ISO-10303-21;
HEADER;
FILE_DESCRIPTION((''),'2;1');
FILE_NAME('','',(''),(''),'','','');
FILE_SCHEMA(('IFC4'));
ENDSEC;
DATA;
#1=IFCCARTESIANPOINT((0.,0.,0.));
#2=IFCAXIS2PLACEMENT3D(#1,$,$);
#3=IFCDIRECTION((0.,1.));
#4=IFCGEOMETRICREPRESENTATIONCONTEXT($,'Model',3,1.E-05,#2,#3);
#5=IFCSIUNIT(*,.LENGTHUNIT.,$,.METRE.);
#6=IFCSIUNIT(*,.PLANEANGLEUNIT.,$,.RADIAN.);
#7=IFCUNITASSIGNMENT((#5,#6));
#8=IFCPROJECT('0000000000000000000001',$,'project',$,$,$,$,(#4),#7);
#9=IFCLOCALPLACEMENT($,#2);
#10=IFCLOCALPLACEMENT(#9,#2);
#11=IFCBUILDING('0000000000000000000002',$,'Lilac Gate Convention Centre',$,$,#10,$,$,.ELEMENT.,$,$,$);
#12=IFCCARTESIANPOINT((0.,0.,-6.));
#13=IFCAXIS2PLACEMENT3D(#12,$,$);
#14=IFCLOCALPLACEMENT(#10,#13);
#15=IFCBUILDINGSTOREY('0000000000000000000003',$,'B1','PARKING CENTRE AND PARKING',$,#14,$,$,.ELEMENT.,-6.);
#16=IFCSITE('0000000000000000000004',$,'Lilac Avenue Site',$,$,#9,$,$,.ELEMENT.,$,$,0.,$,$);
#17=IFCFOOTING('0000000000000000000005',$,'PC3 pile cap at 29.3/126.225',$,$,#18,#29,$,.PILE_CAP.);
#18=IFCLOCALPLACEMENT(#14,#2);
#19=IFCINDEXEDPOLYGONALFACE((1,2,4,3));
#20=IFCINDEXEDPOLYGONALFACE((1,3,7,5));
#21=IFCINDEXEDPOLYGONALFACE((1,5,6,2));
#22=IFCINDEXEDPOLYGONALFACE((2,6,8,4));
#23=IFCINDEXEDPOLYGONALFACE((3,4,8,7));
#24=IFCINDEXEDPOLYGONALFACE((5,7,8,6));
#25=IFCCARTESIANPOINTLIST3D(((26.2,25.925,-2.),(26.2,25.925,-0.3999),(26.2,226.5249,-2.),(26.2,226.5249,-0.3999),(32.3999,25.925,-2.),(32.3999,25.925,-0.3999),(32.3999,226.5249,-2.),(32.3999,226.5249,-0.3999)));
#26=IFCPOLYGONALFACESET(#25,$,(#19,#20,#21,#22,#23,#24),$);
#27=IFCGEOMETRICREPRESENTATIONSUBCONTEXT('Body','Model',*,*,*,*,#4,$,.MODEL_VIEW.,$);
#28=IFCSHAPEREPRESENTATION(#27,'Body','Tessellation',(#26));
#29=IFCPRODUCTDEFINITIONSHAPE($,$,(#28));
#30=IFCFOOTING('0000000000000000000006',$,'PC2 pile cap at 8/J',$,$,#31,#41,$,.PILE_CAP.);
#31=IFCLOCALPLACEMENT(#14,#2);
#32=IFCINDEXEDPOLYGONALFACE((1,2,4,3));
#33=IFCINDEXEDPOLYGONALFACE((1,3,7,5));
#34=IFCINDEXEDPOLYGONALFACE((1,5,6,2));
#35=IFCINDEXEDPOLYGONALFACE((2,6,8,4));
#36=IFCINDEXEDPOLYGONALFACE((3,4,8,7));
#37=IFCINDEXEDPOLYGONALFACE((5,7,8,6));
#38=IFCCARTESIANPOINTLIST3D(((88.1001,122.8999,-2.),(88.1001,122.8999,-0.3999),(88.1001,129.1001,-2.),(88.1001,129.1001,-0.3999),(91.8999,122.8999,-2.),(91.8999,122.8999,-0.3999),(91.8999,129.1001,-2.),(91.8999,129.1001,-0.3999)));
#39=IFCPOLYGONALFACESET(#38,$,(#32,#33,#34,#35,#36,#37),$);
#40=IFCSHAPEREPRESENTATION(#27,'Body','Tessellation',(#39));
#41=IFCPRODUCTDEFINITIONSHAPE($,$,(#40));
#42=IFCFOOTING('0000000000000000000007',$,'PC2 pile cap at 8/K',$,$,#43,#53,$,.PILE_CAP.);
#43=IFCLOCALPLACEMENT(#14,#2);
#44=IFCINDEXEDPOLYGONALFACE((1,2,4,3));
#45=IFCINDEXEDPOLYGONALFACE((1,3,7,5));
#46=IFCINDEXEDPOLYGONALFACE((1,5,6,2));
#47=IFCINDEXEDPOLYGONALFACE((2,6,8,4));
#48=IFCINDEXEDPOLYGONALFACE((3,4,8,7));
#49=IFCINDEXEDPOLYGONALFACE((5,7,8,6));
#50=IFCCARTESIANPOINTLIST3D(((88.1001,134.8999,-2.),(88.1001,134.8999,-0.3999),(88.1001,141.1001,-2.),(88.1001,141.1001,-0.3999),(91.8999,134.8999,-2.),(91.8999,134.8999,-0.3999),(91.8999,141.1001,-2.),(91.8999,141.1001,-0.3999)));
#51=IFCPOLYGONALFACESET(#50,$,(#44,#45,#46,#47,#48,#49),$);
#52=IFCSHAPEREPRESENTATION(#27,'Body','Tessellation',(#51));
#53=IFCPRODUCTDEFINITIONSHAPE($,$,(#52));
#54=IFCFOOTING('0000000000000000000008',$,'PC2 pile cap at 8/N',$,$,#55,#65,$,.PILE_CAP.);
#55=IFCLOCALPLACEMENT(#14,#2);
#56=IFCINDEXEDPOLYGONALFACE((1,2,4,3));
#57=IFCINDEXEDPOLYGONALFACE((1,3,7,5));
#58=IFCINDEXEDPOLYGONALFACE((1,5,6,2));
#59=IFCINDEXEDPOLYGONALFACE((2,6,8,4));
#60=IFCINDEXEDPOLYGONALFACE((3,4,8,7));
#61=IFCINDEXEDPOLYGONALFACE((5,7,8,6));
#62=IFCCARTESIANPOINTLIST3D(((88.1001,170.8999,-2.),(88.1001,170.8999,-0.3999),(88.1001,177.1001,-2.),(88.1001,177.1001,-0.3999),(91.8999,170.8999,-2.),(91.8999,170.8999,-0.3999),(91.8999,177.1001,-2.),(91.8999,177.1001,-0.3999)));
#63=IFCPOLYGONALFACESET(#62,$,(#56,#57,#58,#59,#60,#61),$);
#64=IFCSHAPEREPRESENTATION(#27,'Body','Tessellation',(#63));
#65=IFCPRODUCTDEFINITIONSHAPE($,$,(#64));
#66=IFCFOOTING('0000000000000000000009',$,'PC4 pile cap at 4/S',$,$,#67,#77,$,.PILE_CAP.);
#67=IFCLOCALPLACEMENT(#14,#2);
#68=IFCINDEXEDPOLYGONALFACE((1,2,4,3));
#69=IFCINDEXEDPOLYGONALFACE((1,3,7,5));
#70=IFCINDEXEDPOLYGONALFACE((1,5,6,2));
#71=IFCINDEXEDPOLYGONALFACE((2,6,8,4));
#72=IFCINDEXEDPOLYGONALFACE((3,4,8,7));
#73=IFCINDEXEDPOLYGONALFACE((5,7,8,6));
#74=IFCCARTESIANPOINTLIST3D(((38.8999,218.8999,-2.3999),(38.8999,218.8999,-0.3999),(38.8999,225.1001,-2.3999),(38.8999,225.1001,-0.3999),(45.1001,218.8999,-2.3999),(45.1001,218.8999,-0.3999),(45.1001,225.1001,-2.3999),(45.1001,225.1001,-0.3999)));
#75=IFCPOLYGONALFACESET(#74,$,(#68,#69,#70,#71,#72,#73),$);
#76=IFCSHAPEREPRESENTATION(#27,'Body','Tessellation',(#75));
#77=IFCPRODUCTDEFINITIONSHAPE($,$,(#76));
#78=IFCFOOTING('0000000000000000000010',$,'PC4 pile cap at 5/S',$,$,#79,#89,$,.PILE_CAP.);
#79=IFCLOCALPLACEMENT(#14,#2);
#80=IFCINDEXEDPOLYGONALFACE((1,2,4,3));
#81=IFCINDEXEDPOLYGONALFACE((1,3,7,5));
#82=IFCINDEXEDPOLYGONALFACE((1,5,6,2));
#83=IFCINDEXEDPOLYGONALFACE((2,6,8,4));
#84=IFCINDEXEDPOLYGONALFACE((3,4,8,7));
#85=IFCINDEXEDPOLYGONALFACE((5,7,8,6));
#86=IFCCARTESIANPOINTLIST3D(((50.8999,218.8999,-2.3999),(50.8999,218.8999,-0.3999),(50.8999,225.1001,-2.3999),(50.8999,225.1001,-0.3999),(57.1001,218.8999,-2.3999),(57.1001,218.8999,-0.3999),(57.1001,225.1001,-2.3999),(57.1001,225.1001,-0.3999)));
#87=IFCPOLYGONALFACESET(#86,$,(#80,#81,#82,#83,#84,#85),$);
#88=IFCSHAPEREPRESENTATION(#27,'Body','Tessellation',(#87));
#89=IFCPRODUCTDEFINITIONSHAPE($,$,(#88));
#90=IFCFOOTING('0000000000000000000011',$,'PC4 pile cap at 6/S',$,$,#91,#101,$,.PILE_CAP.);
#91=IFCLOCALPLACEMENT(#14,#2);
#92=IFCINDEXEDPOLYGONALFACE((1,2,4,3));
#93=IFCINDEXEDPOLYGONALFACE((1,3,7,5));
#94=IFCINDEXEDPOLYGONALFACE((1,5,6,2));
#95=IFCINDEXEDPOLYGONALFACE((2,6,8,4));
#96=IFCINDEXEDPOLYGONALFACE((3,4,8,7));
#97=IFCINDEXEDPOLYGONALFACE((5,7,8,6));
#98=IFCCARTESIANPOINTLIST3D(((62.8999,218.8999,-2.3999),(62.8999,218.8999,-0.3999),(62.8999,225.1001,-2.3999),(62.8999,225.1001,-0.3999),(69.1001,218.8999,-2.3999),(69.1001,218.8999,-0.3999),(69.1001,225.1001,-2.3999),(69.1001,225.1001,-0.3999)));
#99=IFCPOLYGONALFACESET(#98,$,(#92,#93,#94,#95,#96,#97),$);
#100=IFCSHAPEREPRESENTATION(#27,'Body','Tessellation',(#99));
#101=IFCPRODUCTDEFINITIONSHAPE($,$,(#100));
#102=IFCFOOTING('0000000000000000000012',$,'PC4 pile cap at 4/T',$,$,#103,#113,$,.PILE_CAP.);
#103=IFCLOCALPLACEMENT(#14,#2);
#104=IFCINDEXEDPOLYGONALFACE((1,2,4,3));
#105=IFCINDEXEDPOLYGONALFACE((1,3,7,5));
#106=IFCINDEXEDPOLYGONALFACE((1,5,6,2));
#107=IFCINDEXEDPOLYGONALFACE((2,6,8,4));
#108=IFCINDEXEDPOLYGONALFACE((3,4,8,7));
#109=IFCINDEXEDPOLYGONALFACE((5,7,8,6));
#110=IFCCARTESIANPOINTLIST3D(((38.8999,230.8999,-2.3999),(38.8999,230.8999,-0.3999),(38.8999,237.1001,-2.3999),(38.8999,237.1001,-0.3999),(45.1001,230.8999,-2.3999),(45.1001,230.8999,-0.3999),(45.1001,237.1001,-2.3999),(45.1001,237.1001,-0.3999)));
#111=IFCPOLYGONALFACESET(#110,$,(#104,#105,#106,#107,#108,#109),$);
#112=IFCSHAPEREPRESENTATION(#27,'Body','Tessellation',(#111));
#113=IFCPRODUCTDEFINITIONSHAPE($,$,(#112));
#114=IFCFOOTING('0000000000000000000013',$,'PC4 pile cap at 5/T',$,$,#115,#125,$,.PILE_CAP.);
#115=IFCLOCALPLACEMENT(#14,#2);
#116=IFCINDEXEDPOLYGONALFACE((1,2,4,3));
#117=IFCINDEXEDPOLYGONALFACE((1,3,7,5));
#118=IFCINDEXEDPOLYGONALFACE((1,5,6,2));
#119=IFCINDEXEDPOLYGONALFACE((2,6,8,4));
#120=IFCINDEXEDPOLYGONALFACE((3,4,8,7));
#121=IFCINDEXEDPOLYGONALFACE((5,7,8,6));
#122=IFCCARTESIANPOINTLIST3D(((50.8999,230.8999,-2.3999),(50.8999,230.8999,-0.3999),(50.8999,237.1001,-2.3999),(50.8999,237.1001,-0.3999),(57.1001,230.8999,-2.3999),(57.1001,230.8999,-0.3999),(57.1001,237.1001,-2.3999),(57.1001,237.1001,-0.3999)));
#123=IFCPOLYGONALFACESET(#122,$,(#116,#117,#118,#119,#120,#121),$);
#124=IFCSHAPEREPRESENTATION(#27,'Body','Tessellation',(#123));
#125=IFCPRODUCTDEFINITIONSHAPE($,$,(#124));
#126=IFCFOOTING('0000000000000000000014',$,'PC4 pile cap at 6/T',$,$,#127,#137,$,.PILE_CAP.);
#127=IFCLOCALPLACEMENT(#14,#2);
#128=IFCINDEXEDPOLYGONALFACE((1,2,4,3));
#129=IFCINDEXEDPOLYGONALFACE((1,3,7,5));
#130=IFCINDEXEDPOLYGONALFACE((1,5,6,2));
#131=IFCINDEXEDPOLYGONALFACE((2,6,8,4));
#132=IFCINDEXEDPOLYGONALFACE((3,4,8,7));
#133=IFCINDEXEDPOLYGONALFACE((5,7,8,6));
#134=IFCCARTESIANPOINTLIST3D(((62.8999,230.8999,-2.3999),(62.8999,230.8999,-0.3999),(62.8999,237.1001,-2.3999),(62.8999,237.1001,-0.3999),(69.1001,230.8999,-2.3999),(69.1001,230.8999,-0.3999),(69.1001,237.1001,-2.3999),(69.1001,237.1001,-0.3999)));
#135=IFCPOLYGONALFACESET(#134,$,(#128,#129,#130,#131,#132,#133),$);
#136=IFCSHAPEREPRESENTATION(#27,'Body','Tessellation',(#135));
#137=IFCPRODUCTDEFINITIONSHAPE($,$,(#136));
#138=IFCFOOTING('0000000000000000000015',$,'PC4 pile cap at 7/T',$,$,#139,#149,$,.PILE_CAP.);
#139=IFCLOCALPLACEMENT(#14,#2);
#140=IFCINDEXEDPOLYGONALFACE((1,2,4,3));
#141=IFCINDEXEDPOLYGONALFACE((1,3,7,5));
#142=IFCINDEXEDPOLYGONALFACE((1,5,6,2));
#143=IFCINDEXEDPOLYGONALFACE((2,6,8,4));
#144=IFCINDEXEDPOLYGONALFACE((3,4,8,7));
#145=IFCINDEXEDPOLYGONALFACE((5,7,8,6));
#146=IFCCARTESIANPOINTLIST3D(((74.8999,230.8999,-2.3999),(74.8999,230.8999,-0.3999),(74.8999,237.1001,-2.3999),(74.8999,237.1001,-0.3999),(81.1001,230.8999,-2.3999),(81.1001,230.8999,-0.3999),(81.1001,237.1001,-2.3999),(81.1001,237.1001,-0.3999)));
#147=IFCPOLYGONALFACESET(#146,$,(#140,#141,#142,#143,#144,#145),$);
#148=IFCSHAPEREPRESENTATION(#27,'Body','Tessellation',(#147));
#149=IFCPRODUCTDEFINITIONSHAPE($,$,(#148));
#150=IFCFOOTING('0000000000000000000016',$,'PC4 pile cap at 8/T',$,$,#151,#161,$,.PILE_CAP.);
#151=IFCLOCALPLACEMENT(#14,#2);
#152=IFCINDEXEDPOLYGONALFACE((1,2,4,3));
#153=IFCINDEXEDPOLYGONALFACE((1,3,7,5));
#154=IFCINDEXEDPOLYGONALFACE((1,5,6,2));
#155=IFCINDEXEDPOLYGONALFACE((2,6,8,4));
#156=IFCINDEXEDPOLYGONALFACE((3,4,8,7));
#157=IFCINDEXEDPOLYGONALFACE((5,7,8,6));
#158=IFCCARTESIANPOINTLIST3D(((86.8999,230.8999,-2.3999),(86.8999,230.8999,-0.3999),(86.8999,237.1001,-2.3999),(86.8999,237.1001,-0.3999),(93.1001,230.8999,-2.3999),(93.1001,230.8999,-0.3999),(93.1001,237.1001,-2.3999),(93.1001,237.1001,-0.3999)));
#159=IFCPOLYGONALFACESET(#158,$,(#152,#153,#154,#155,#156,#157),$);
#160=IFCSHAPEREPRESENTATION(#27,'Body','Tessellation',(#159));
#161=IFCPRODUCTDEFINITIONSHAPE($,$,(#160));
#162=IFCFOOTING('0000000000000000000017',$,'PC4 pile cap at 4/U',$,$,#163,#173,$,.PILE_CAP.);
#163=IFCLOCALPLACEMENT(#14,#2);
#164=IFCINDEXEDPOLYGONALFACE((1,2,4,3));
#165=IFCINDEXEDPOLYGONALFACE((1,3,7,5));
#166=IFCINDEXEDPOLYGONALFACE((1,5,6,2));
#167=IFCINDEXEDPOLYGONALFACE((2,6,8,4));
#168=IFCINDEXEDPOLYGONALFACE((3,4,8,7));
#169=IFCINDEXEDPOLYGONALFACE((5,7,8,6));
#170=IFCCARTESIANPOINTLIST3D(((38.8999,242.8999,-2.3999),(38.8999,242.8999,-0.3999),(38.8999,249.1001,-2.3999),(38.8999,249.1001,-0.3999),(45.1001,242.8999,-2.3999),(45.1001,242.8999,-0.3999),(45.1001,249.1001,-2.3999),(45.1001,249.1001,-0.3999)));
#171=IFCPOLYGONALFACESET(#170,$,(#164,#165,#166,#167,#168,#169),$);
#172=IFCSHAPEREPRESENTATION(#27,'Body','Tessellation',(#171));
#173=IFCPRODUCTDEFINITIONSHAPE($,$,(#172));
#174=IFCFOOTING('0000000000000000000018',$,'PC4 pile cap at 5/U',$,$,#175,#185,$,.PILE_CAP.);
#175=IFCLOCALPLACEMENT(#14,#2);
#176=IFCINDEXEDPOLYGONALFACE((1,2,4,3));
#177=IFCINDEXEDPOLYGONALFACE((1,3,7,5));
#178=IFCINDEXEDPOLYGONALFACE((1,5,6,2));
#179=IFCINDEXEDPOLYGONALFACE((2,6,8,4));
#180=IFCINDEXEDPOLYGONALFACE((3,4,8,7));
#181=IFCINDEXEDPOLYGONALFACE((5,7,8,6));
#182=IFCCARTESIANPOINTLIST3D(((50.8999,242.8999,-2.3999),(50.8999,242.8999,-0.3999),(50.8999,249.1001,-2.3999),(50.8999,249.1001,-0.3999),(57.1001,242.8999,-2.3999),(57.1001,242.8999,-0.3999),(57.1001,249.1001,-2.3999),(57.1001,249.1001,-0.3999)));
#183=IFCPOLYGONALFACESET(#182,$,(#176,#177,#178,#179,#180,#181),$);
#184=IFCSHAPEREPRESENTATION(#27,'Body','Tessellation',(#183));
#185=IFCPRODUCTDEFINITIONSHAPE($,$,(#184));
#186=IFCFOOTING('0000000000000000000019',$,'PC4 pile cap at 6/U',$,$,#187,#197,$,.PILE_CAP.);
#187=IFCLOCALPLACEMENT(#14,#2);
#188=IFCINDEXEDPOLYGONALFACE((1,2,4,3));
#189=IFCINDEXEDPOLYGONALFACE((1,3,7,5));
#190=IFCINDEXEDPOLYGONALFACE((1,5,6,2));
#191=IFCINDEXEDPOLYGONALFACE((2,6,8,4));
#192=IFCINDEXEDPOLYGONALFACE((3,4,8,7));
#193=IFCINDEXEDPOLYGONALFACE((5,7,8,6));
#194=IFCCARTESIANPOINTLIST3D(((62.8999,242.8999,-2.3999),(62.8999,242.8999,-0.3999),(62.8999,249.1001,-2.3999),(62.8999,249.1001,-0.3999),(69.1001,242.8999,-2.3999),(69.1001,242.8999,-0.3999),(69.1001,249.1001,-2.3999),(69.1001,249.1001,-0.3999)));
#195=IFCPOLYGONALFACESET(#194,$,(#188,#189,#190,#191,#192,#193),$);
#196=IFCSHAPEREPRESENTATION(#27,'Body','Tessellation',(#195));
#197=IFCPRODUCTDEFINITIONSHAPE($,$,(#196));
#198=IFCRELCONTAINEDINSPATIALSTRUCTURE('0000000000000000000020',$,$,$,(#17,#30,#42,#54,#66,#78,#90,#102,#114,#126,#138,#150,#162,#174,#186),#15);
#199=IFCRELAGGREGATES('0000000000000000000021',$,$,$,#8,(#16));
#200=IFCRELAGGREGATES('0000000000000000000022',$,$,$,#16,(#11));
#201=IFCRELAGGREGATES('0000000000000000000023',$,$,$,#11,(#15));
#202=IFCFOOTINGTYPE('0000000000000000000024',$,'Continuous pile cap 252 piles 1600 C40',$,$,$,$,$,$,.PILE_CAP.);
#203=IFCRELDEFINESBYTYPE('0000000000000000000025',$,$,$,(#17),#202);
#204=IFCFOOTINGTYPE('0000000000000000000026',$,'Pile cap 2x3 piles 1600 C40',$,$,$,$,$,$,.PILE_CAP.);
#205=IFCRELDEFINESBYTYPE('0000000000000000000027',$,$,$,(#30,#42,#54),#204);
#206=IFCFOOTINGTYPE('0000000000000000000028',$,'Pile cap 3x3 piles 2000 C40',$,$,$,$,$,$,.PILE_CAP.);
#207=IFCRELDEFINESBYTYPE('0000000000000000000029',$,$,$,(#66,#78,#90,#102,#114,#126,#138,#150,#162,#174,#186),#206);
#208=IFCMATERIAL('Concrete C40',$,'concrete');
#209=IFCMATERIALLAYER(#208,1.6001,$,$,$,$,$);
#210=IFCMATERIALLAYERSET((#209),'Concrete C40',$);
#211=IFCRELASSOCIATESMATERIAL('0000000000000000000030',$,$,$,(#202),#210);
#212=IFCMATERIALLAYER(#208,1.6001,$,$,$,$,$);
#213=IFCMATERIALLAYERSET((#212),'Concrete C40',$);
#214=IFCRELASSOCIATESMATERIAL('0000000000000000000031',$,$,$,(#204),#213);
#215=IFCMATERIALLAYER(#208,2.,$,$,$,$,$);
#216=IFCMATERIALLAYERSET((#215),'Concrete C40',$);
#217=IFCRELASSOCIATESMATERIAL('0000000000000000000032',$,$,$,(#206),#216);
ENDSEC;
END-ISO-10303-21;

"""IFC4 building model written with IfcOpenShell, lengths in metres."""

from ifc_helpers import new_model, si_unit, direction, frame, origin, place, context, subcontext, project, spatial, polyline, outline, extrude, material, layer, layer_set, type_object, element, save


model = new_model("IFC4")

# Units and contexts
model_context = context("Model", 3, precision=1e-05, world=origin(), true_north=direction((0.0, 1.0)))
body_context = subcontext(model_context, "Body", "Model", "MODEL_VIEW")
ifc_project = project(units=[si_unit("LENGTHUNIT", "METRE"), si_unit("PLANEANGLEUNIT", "RADIAN")], contexts=[model_context])

# Site, building, storey
site_placement = place(None, origin())
site = spatial("IfcSite", under=ifc_project, at=site_placement, Name="Lilac Avenue Site", CompositionType="ELEMENT", RefElevation=0.0)
building_placement = place(site_placement, origin())
building = spatial("IfcBuilding", under=site, at=building_placement, Name="Lilac Gate Convention Centre", CompositionType="ELEMENT")
storey_placement = place(building_placement, frame((0.0, 0.0, -6.0)))
storey = spatial("IfcBuildingStorey", under=building, at=storey_placement, Name="B1", Description="PARKING CENTRE AND PARKING", CompositionType="ELEMENT", Elevation=-6.0)

# Footings
ifc_material = material(Name="Concrete C40", Category="concrete")
ifc_layer_1 = layer(ifc_material, 1.6001)
ifc_layer_set_1 = layer_set([ifc_layer_1], Name="Concrete C40")
footing_type_1 = type_object("IfcFootingType", Name="Continuous pile cap 252 piles 1600 C40", PredefinedType="PILE_CAP", material=ifc_layer_set_1)
footing_1_placement = place(storey_placement, frame((0.0, 0.0, -2.0)))
element("IfcFooting", 1, at=footing_1_placement, inside=storey, type_object=footing_type_1, Name="PC3 pile cap at 29.3/126.225", PredefinedType="PILE_CAP", context=body_context, shape_type="SweptSolid", body=[
    extrude(outline(polyline([(26.2, 25.925), (32.3999, 25.925), (32.3999, 226.5249), (26.2, 226.5249), (26.2, 25.925)])), origin(), (0.0, 0.0, 1.0), 1.6001),
])
ifc_layer_2 = layer(ifc_material, 1.6001)
ifc_layer_set_2 = layer_set([ifc_layer_2], Name="Concrete C40")
footing_type_2 = type_object("IfcFootingType", Name="Pile cap 2x3 piles 1600 C40", PredefinedType="PILE_CAP", material=ifc_layer_set_2)
footing_2_placement = place(storey_placement, frame((0.0, 0.0, -2.0)))
element("IfcFooting", 2, at=footing_2_placement, inside=storey, type_object=footing_type_2, Name="PC2 pile cap at 8/J", PredefinedType="PILE_CAP", context=body_context, shape_type="SweptSolid", body=[
    extrude(outline(polyline([(88.1001, 122.8999), (91.8999, 122.8999), (91.8999, 129.1001), (88.1001, 129.1001), (88.1001, 122.8999)])), origin(), (0.0, 0.0, 1.0), 1.6001),
])
footing_3_placement = place(storey_placement, frame((0.0, 0.0, -2.0)))
element("IfcFooting", 3, at=footing_3_placement, inside=storey, type_object=footing_type_2, Name="PC2 pile cap at 8/K", PredefinedType="PILE_CAP", context=body_context, shape_type="SweptSolid", body=[
    extrude(outline(polyline([(88.1001, 134.8999), (91.8999, 134.8999), (91.8999, 141.1001), (88.1001, 141.1001), (88.1001, 134.8999)])), origin(), (0.0, 0.0, 1.0), 1.6001),
])
footing_4_placement = place(storey_placement, frame((0.0, 0.0, -2.0)))
element("IfcFooting", 4, at=footing_4_placement, inside=storey, type_object=footing_type_2, Name="PC2 pile cap at 8/N", PredefinedType="PILE_CAP", context=body_context, shape_type="SweptSolid", body=[
    extrude(outline(polyline([(88.1001, 170.8999), (91.8999, 170.8999), (91.8999, 177.1001), (88.1001, 177.1001), (88.1001, 170.8999)])), origin(), (0.0, 0.0, 1.0), 1.6001),
])
ifc_layer_3 = layer(ifc_material, 2.0)
ifc_layer_set_3 = layer_set([ifc_layer_3], Name="Concrete C40")
footing_type_3 = type_object("IfcFootingType", Name="Pile cap 3x3 piles 2000 C40", PredefinedType="PILE_CAP", material=ifc_layer_set_3)
footing_5_placement = place(storey_placement, frame((0.0, 0.0, -2.3999)))
element("IfcFooting", 5, at=footing_5_placement, inside=storey, type_object=footing_type_3, Name="PC4 pile cap at 4/S", PredefinedType="PILE_CAP", context=body_context, shape_type="SweptSolid", body=[
    extrude(outline(polyline([(38.8999, 218.8999), (45.1001, 218.8999), (45.1001, 225.1001), (38.8999, 225.1001), (38.8999, 218.8999)])), origin(), (0.0, 0.0, 1.0), 2.0),
])
footing_6_placement = place(storey_placement, frame((0.0, 0.0, -2.3999)))
element("IfcFooting", 6, at=footing_6_placement, inside=storey, type_object=footing_type_3, Name="PC4 pile cap at 5/S", PredefinedType="PILE_CAP", context=body_context, shape_type="SweptSolid", body=[
    extrude(outline(polyline([(50.8999, 218.8999), (57.1001, 218.8999), (57.1001, 225.1001), (50.8999, 225.1001), (50.8999, 218.8999)])), origin(), (0.0, 0.0, 1.0), 2.0),
])
footing_7_placement = place(storey_placement, frame((0.0, 0.0, -2.3999)))
element("IfcFooting", 7, at=footing_7_placement, inside=storey, type_object=footing_type_3, Name="PC4 pile cap at 6/S", PredefinedType="PILE_CAP", context=body_context, shape_type="SweptSolid", body=[
    extrude(outline(polyline([(62.8999, 218.8999), (69.1001, 218.8999), (69.1001, 225.1001), (62.8999, 225.1001), (62.8999, 218.8999)])), origin(), (0.0, 0.0, 1.0), 2.0),
])
footing_8_placement = place(storey_placement, frame((0.0, 0.0, -2.3999)))
element("IfcFooting", 8, at=footing_8_placement, inside=storey, type_object=footing_type_3, Name="PC4 pile cap at 4/T", PredefinedType="PILE_CAP", context=body_context, shape_type="SweptSolid", body=[
    extrude(outline(polyline([(38.8999, 230.8999), (45.1001, 230.8999), (45.1001, 237.1001), (38.8999, 237.1001), (38.8999, 230.8999)])), origin(), (0.0, 0.0, 1.0), 2.0),
])
footing_9_placement = place(storey_placement, frame((0.0, 0.0, -2.3999)))
element("IfcFooting", 9, at=footing_9_placement, inside=storey, type_object=footing_type_3, Name="PC4 pile cap at 5/T", PredefinedType="PILE_CAP", context=body_context, shape_type="SweptSolid", body=[
    extrude(outline(polyline([(50.8999, 230.8999), (57.1001, 230.8999), (57.1001, 237.1001), (50.8999, 237.1001), (50.8999, 230.8999)])), origin(), (0.0, 0.0, 1.0), 2.0),
])
footing_10_placement = place(storey_placement, frame((0.0, 0.0, -2.3999)))
element("IfcFooting", 10, at=footing_10_placement, inside=storey, type_object=footing_type_3, Name="PC4 pile cap at 6/T", PredefinedType="PILE_CAP", context=body_context, shape_type="SweptSolid", body=[
    extrude(outline(polyline([(62.8999, 230.8999), (69.1001, 230.8999), (69.1001, 237.1001), (62.8999, 237.1001), (62.8999, 230.8999)])), origin(), (0.0, 0.0, 1.0), 2.0),
])
footing_11_placement = place(storey_placement, frame((0.0, 0.0, -2.3999)))
element("IfcFooting", 11, at=footing_11_placement, inside=storey, type_object=footing_type_3, Name="PC4 pile cap at 7/T", PredefinedType="PILE_CAP", context=body_context, shape_type="SweptSolid", body=[
    extrude(outline(polyline([(74.8999, 230.8999), (81.1001, 230.8999), (81.1001, 237.1001), (74.8999, 237.1001), (74.8999, 230.8999)])), origin(), (0.0, 0.0, 1.0), 2.0),
])
footing_12_placement = place(storey_placement, frame((0.0, 0.0, -2.3999)))
element("IfcFooting", 12, at=footing_12_placement, inside=storey, type_object=footing_type_3, Name="PC4 pile cap at 8/T", PredefinedType="PILE_CAP", context=body_context, shape_type="SweptSolid", body=[
    extrude(outline(polyline([(86.8999, 230.8999), (93.1001, 230.8999), (93.1001, 237.1001), (86.8999, 237.1001), (86.8999, 230.8999)])), origin(), (0.0, 0.0, 1.0), 2.0),
])
footing_13_placement = place(storey_placement, frame((0.0, 0.0, -2.3999)))
element("IfcFooting", 13, at=footing_13_placement, inside=storey, type_object=footing_type_3, Name="PC4 pile cap at 4/U", PredefinedType="PILE_CAP", context=body_context, shape_type="SweptSolid", body=[
    extrude(outline(polyline([(38.8999, 242.8999), (45.1001, 242.8999), (45.1001, 249.1001), (38.8999, 249.1001), (38.8999, 242.8999)])), origin(), (0.0, 0.0, 1.0), 2.0),
])
footing_14_placement = place(storey_placement, frame((0.0, 0.0, -2.3999)))
element("IfcFooting", 14, at=footing_14_placement, inside=storey, type_object=footing_type_3, Name="PC4 pile cap at 5/U", PredefinedType="PILE_CAP", context=body_context, shape_type="SweptSolid", body=[
    extrude(outline(polyline([(50.8999, 242.8999), (57.1001, 242.8999), (57.1001, 249.1001), (50.8999, 249.1001), (50.8999, 242.8999)])), origin(), (0.0, 0.0, 1.0), 2.0),
])
footing_15_placement = place(storey_placement, frame((0.0, 0.0, -2.3999)))
element("IfcFooting", 15, at=footing_15_placement, inside=storey, type_object=footing_type_3, Name="PC4 pile cap at 6/U", PredefinedType="PILE_CAP", context=body_context, shape_type="SweptSolid", body=[
    extrude(outline(polyline([(62.8999, 242.8999), (69.1001, 242.8999), (69.1001, 249.1001), (62.8999, 249.1001), (62.8999, 242.8999)])), origin(), (0.0, 0.0, 1.0), 2.0),
])

save(model, "model.ifc")
